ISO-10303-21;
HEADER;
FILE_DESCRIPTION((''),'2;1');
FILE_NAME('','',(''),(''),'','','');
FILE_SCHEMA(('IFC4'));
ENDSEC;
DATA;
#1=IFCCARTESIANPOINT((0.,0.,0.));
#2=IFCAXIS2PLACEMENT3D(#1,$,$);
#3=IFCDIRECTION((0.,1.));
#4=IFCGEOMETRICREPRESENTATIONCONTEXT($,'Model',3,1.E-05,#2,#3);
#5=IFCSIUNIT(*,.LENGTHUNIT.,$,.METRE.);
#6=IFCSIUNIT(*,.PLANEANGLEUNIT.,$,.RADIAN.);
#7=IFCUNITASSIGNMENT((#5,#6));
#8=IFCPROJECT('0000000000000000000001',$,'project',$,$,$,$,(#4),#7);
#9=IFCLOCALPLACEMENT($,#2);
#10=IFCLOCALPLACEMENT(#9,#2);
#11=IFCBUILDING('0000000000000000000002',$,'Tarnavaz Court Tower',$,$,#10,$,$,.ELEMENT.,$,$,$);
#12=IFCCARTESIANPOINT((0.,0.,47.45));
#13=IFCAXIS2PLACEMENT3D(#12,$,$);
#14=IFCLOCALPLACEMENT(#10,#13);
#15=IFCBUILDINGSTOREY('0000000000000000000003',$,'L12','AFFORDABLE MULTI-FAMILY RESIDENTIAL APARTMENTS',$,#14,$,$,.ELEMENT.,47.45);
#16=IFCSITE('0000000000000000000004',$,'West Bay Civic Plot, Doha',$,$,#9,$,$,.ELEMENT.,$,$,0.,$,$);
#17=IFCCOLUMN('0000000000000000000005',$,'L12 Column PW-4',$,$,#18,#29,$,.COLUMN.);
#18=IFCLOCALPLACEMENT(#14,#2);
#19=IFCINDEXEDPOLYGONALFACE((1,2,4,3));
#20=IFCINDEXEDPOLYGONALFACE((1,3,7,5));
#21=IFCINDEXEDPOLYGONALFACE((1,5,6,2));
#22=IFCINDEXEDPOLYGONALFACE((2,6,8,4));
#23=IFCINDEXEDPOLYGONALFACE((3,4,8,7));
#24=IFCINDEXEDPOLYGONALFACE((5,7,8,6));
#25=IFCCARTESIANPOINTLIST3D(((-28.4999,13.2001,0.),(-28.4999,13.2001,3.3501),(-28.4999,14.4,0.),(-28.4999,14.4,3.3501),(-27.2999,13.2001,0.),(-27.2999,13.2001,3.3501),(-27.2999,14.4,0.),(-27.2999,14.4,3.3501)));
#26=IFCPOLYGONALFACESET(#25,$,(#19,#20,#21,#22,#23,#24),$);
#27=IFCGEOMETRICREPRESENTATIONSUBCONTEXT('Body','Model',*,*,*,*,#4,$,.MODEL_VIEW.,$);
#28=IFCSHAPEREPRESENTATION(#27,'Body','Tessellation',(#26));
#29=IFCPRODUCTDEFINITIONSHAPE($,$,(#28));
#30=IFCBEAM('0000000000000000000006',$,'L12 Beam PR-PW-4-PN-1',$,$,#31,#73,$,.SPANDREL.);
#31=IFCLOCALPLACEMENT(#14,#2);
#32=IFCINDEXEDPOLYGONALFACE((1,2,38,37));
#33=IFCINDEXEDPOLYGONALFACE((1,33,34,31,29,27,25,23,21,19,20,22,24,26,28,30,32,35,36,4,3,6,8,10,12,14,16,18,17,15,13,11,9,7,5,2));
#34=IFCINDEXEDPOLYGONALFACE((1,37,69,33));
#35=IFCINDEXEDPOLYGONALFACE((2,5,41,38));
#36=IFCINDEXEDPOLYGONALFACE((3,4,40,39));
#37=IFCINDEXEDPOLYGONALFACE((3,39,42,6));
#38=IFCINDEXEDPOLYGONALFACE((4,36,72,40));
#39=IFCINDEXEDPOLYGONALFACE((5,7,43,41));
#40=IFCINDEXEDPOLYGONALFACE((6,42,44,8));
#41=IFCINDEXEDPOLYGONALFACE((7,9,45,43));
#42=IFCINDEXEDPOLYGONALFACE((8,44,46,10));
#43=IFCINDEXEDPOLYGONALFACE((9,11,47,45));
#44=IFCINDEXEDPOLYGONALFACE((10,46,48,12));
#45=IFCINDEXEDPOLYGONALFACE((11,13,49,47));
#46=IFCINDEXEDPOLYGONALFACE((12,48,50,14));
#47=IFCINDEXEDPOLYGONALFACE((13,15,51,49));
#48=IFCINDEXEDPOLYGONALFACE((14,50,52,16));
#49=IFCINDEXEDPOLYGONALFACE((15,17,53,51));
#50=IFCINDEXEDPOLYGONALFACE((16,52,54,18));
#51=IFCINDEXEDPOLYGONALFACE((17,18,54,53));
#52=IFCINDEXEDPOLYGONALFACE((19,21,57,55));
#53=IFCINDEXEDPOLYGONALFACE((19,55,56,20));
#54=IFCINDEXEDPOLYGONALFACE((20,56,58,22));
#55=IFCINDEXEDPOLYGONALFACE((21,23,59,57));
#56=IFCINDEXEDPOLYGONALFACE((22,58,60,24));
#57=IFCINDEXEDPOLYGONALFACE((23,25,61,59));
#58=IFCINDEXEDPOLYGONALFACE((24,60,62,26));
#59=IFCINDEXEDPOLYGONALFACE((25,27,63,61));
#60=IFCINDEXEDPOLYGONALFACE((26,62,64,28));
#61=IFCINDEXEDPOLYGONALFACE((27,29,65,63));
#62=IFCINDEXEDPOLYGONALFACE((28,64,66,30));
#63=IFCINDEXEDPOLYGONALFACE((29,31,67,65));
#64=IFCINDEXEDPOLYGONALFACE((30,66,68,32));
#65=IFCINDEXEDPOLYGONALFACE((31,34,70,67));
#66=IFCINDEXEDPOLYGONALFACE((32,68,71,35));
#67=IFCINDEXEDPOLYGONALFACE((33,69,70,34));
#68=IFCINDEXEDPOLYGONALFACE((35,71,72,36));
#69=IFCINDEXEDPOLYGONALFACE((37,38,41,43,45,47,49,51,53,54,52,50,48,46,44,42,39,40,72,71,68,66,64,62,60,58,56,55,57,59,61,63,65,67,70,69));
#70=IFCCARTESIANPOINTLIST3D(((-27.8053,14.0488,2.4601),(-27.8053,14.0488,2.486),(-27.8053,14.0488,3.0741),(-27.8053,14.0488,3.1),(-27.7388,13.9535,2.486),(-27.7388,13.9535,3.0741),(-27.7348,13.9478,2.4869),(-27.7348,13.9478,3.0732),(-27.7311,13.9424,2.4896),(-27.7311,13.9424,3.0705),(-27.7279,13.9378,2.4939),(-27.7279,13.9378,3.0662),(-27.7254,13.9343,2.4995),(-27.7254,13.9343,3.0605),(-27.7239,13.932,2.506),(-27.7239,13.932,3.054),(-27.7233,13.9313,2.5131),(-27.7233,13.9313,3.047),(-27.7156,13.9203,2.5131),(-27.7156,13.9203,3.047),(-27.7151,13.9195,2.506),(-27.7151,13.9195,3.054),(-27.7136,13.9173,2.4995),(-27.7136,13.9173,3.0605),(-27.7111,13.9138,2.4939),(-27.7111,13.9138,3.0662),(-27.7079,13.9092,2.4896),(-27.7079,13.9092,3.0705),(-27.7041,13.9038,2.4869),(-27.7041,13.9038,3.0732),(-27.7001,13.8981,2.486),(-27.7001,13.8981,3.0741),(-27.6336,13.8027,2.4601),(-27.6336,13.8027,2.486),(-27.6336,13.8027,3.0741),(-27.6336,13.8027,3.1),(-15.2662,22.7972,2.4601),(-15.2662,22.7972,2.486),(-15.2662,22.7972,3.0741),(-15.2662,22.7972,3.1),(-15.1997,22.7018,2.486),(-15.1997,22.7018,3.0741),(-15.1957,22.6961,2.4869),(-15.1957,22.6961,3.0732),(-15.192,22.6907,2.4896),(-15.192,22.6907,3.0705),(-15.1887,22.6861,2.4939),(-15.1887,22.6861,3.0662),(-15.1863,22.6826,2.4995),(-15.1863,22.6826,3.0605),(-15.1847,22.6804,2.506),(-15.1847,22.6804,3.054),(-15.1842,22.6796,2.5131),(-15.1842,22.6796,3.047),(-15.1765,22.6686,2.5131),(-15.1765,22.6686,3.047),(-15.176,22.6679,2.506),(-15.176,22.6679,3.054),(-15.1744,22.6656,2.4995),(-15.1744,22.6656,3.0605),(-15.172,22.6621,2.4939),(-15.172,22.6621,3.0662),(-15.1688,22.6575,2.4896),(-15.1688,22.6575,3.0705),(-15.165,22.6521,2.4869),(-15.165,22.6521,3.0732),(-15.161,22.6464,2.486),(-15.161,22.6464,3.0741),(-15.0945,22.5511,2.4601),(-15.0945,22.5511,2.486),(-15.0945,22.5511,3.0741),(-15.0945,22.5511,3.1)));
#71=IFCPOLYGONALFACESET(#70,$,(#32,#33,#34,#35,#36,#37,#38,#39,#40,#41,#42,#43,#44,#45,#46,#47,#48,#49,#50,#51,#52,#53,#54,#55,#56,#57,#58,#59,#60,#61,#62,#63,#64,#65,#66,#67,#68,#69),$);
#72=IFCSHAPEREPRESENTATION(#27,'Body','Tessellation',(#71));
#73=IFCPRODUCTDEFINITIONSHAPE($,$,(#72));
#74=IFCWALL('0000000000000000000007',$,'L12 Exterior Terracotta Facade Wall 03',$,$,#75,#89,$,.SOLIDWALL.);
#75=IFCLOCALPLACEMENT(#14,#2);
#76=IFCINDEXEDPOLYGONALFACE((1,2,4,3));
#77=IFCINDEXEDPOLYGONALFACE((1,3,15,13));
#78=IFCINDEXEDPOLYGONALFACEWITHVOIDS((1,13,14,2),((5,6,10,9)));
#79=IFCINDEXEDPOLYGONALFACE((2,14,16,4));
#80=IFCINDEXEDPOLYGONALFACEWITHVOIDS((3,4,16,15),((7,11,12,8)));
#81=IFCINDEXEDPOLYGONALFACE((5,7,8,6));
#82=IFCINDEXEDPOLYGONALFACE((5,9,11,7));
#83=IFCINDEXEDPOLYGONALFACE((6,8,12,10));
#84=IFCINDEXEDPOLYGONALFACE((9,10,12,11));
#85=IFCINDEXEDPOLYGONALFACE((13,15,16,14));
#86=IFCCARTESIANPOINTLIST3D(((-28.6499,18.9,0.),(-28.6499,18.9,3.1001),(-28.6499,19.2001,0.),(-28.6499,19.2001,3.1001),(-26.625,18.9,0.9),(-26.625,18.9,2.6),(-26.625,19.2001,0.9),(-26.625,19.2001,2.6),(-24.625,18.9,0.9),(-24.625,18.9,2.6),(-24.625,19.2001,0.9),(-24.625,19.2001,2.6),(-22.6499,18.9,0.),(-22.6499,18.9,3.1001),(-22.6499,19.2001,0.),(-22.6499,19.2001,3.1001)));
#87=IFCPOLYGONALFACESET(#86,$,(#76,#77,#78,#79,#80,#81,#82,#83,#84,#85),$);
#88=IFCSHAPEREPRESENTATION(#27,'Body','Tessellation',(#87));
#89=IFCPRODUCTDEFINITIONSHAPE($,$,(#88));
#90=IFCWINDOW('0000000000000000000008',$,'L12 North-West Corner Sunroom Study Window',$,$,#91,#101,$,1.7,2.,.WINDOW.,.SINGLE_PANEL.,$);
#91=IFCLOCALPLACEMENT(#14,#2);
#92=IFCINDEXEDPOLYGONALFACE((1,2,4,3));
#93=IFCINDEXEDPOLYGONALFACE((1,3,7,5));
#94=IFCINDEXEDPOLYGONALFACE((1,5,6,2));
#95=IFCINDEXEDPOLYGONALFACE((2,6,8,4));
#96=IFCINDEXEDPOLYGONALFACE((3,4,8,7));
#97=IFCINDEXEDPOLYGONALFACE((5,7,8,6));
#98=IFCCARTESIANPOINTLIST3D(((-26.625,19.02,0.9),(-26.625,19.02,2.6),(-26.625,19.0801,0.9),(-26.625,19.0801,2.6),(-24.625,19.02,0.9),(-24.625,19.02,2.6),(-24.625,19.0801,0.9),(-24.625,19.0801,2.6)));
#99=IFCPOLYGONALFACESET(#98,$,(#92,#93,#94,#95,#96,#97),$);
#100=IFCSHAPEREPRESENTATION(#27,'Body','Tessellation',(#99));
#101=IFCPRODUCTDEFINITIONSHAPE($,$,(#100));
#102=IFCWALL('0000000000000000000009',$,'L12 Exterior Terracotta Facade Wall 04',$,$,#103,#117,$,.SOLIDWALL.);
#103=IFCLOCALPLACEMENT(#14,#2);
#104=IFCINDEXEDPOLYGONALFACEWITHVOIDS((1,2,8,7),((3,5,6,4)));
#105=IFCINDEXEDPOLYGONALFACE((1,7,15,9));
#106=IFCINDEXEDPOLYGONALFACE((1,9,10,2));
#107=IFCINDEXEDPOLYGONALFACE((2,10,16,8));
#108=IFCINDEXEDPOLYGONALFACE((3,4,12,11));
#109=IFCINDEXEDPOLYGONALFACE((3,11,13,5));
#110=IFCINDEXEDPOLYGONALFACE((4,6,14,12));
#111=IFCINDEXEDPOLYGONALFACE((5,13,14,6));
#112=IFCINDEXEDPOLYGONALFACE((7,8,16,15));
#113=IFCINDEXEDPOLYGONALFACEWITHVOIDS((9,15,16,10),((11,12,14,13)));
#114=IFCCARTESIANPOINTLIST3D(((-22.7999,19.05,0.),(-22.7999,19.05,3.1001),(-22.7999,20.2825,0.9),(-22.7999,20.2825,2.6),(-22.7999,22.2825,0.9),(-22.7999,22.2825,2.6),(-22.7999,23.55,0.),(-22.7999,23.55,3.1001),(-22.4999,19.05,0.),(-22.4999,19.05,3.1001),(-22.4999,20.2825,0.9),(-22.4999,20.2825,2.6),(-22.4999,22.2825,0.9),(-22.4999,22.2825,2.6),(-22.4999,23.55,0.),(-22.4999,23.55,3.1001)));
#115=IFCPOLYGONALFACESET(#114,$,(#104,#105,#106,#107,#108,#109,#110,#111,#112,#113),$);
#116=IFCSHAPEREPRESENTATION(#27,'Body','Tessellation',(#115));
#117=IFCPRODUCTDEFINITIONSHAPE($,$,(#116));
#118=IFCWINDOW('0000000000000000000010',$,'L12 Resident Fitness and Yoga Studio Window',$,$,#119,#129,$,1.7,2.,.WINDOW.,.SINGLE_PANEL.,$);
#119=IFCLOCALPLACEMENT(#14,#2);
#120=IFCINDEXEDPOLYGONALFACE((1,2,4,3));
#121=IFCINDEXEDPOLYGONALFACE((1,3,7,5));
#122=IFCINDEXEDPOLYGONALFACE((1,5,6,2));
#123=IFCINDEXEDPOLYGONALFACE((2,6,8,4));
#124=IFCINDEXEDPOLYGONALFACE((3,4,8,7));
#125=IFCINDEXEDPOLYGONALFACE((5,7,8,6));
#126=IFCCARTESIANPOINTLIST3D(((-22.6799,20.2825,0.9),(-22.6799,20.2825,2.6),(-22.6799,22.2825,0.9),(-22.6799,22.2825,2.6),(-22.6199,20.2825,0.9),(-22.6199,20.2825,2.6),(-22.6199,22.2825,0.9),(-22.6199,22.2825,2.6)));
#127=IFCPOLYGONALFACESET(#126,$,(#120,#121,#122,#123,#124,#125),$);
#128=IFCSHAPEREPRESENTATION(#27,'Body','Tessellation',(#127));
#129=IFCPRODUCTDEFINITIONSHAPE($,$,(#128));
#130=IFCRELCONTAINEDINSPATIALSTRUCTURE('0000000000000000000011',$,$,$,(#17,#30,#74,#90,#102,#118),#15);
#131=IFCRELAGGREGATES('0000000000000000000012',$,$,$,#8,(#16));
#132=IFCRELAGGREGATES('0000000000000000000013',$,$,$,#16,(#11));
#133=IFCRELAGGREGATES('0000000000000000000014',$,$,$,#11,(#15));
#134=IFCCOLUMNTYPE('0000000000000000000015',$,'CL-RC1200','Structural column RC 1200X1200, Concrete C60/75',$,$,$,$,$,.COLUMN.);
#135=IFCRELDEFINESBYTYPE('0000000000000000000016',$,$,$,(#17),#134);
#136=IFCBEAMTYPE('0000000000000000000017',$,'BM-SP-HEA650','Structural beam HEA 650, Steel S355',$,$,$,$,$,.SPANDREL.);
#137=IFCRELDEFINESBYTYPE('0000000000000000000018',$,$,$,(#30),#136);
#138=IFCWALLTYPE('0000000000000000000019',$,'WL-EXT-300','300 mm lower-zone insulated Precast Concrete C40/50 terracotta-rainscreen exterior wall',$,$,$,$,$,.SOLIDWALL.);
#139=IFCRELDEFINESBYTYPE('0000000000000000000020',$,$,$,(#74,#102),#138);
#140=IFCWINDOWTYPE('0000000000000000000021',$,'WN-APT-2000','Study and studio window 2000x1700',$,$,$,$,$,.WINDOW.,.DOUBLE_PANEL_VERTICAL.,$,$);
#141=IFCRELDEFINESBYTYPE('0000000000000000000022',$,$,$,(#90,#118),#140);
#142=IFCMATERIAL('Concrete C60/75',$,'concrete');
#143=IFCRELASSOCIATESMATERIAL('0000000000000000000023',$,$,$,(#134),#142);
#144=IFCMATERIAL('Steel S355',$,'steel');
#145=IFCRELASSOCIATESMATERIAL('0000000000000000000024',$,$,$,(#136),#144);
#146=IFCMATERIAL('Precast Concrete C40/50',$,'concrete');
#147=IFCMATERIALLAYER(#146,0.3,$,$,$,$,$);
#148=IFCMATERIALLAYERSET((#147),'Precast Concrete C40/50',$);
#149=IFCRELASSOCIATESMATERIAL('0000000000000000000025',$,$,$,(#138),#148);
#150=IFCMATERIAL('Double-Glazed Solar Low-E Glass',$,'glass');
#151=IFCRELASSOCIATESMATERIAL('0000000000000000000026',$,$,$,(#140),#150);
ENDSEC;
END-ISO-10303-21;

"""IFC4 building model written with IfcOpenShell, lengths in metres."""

from ifc_helpers import new_model, si_unit, direction, frame, frame_2d, origin, origin_2d, place, context, subcontext, project, spatial, rectangle, i_section, extrude, material, layer, layer_set, material_profile, profile_set, type_object, element, fill, save


model = new_model("IFC4")

# Units and contexts
model_context = context("Model", 3, precision=1e-05, world=origin(), true_north=direction((0.0, 1.0)))
body_context = subcontext(model_context, "Body", "Model", "MODEL_VIEW")
ifc_project = project(units=[si_unit("LENGTHUNIT", "METRE"), si_unit("PLANEANGLEUNIT", "RADIAN")], contexts=[model_context])

# Site, building, storey
site_placement = place(None, origin())
site = spatial("IfcSite", under=ifc_project, at=site_placement, Name="West Bay Civic Plot, Doha", CompositionType="ELEMENT", RefElevation=0.0)
building_placement = place(site_placement, origin())
building = spatial("IfcBuilding", under=site, at=building_placement, Name="Tarnavaz Court Tower", CompositionType="ELEMENT")
storey_placement = place(building_placement, frame((0.0, 0.0, 47.45)))
storey = spatial("IfcBuildingStorey", under=building, at=storey_placement, Name="L12", Description="AFFORDABLE MULTI-FAMILY RESIDENTIAL APARTMENTS", CompositionType="ELEMENT", Elevation=47.45)

# Column
ifc_material_1 = material(Name="Concrete C60/75", Category="concrete")
ifc_material_profile_1 = material_profile(ifc_material_1, rectangle(XDim=1.2, YDim=1.2, at=origin_2d()), Name="RC 1200X1200")
ifc_profile_set_1 = profile_set([ifc_material_profile_1], Name="Concrete C60/75")
column_type = type_object("IfcColumnType", Name="CL-RC1200", Description="Structural column RC 1200X1200, Concrete C60/75", PredefinedType="COLUMN", material=ifc_profile_set_1)
column_placement = place(storey_placement, frame((-27.8999, 13.8, 0.0), z_axis=(0.0, 0.0, 1.0), x_axis=(1.0, 0.0, 0.0)))
element("IfcColumn", 1, at=column_placement, inside=storey, type_object=column_type, Name="L12 Column PW-4", PredefinedType="COLUMN", context=body_context, shape_type="SweptSolid", body=[
    extrude(rectangle(XDim=1.2, YDim=1.2, at=origin_2d()), origin(), (0.0, 0.0, 1.0), 3.3501),
])

# Beam
ifc_material_2 = material(Name="Steel S355", Category="steel")
ifc_material_profile_2 = material_profile(ifc_material_2, i_section(OverallWidth=0.3, OverallDepth=0.6399, WebThickness=0.0134, FlangeThickness=0.0259, FilletRadius=0.0271, at=origin_2d()), Name="HEA 650")
ifc_profile_set_2 = profile_set([ifc_material_profile_2], Name="Steel S355")
beam_type = type_object("IfcBeamType", Name="BM-SP-HEA650", Description="Structural beam HEA 650, Steel S355", PredefinedType="SPANDREL", material=ifc_profile_set_2)
beam_placement = place(storey_placement, frame((-27.7195, 13.9258, 2.78), z_axis=(0.820124, 0.572186, 0.0), x_axis=(-0.572186, 0.820124, 0.0)))
element("IfcBeam", 2, at=beam_placement, inside=storey, type_object=beam_type, Name="L12 Beam PR-PW-4-PN-1", PredefinedType="SPANDREL", context=body_context, shape_type="SweptSolid", body=[
    extrude(i_section(OverallWidth=0.3, OverallDepth=0.6399, WebThickness=0.0134, FlangeThickness=0.0259, FilletRadius=0.0271, at=origin_2d()), origin(), (0.0, 0.0, 1.0), 15.2893),
])

# Walls, openings, windows
ifc_material_3 = material(Name="Precast Concrete C40/50", Category="concrete")
ifc_layer_1 = layer(ifc_material_3, 0.3)
ifc_layer_set_1 = layer_set([ifc_layer_1], Name="Precast Concrete C40/50")
wall_type_1 = type_object("IfcWallType", Name="WL-EXT-300", Description="300 mm lower-zone insulated Precast Concrete C40/50 terracotta-rainscreen exterior wall", PredefinedType="SOLIDWALL", material=ifc_layer_set_1)
wall_1_placement = place(storey_placement, frame((-28.6499, 19.05, 0.0), z_axis=(0.0, 0.0, 1.0), x_axis=(1.0, 0.0, 0.0)))
wall_1 = element("IfcWall", 3, at=wall_1_placement, inside=storey, type_object=wall_type_1, Name="L12 Exterior Terracotta Facade Wall 03", PredefinedType="SOLIDWALL", context=body_context, shape_type="SweptSolid", body=[
    extrude(rectangle(XDim=6.0, YDim=0.3, at=frame_2d((3.0, 0.0))), origin(), (0.0, 0.0, 1.0), 3.1001),
])
opening_1_placement = place(wall_1_placement, frame((2.0249, 0.0, 0.8999)))
opening_1 = element("IfcOpeningElement", 4, at=opening_1_placement, cuts=wall_1, PredefinedType="OPENING", context=body_context, shape_type="SweptSolid", body=[
    extrude(rectangle(XDim=2.0, YDim=1.7, at=frame_2d((1.0, 0.8501))), frame((0.0, 0.1599, 0.0), z_axis=(0.0, -1.0, 0.0), x_axis=(1.0, 0.0, 0.0)), (0.0, 0.0, 1.0), 0.3201),
])
ifc_material_4 = material(Name="Double-Glazed Solar Low-E Glass", Category="glass")
window_type_1 = type_object("IfcWindowType", Name="WN-APT-2000", Description="Study and studio window 2000x1700", PartitioningType="DOUBLE_PANEL_VERTICAL", PredefinedType="WINDOW", material=ifc_material_4)
window_1_placement = place(opening_1_placement, origin())
window_1 = element("IfcWindow", 5, at=window_1_placement, inside=storey, type_object=window_type_1, Name="L12 North-West Corner Sunroom Study Window", OverallHeight=1.7, OverallWidth=2.0, PartitioningType="SINGLE_PANEL", PredefinedType="WINDOW", context=body_context, shape_type="SweptSolid", body=[
    extrude(rectangle(XDim=2.0, YDim=1.7, at=frame_2d((1.0, 0.8501))), frame((0.0, 0.03, 0.0), z_axis=(0.0, -1.0, 0.0), x_axis=(1.0, 0.0, 0.0)), (0.0, 0.0, 1.0), 0.0601),
])
fill(opening_1, window_1)
wall_2_placement = place(storey_placement, frame((-22.6499, 19.05, 0.0), z_axis=(0.0, 0.0, 1.0), x_axis=(0.0, 1.0, 0.0)))
wall_2 = element("IfcWall", 6, at=wall_2_placement, inside=storey, type_object=wall_type_1, Name="L12 Exterior Terracotta Facade Wall 04", PredefinedType="SOLIDWALL", context=body_context, shape_type="SweptSolid", body=[
    extrude(rectangle(XDim=4.5, YDim=0.3, at=frame_2d((2.25, 0.0))), origin(), (0.0, 0.0, 1.0), 3.1001),
])
opening_2_placement = place(wall_2_placement, frame((1.2324, 0.0, 0.8999)))
opening_2 = element("IfcOpeningElement", 7, at=opening_2_placement, cuts=wall_2, PredefinedType="OPENING", context=body_context, shape_type="SweptSolid", body=[
    extrude(rectangle(XDim=2.0, YDim=1.7, at=frame_2d((1.0, 0.8501))), frame((0.0, 0.1599, 0.0), z_axis=(0.0, -1.0, 0.0), x_axis=(1.0, 0.0, 0.0)), (0.0, 0.0, 1.0), 0.3201),
])
window_2_placement = place(opening_2_placement, origin())
window_2 = element("IfcWindow", 8, at=window_2_placement, inside=storey, type_object=window_type_1, Name="L12 Resident Fitness and Yoga Studio Window", OverallHeight=1.7, OverallWidth=2.0, PartitioningType="SINGLE_PANEL", PredefinedType="WINDOW", context=body_context, shape_type="SweptSolid", body=[
    extrude(rectangle(XDim=2.0, YDim=1.7, at=frame_2d((1.0, 0.8501))), frame((0.0, 0.03, 0.0), z_axis=(0.0, -1.0, 0.0), x_axis=(1.0, 0.0, 0.0)), (0.0, 0.0, 1.0), 0.0601),
])
fill(opening_2, window_2)

save(model, "model.ifc")
